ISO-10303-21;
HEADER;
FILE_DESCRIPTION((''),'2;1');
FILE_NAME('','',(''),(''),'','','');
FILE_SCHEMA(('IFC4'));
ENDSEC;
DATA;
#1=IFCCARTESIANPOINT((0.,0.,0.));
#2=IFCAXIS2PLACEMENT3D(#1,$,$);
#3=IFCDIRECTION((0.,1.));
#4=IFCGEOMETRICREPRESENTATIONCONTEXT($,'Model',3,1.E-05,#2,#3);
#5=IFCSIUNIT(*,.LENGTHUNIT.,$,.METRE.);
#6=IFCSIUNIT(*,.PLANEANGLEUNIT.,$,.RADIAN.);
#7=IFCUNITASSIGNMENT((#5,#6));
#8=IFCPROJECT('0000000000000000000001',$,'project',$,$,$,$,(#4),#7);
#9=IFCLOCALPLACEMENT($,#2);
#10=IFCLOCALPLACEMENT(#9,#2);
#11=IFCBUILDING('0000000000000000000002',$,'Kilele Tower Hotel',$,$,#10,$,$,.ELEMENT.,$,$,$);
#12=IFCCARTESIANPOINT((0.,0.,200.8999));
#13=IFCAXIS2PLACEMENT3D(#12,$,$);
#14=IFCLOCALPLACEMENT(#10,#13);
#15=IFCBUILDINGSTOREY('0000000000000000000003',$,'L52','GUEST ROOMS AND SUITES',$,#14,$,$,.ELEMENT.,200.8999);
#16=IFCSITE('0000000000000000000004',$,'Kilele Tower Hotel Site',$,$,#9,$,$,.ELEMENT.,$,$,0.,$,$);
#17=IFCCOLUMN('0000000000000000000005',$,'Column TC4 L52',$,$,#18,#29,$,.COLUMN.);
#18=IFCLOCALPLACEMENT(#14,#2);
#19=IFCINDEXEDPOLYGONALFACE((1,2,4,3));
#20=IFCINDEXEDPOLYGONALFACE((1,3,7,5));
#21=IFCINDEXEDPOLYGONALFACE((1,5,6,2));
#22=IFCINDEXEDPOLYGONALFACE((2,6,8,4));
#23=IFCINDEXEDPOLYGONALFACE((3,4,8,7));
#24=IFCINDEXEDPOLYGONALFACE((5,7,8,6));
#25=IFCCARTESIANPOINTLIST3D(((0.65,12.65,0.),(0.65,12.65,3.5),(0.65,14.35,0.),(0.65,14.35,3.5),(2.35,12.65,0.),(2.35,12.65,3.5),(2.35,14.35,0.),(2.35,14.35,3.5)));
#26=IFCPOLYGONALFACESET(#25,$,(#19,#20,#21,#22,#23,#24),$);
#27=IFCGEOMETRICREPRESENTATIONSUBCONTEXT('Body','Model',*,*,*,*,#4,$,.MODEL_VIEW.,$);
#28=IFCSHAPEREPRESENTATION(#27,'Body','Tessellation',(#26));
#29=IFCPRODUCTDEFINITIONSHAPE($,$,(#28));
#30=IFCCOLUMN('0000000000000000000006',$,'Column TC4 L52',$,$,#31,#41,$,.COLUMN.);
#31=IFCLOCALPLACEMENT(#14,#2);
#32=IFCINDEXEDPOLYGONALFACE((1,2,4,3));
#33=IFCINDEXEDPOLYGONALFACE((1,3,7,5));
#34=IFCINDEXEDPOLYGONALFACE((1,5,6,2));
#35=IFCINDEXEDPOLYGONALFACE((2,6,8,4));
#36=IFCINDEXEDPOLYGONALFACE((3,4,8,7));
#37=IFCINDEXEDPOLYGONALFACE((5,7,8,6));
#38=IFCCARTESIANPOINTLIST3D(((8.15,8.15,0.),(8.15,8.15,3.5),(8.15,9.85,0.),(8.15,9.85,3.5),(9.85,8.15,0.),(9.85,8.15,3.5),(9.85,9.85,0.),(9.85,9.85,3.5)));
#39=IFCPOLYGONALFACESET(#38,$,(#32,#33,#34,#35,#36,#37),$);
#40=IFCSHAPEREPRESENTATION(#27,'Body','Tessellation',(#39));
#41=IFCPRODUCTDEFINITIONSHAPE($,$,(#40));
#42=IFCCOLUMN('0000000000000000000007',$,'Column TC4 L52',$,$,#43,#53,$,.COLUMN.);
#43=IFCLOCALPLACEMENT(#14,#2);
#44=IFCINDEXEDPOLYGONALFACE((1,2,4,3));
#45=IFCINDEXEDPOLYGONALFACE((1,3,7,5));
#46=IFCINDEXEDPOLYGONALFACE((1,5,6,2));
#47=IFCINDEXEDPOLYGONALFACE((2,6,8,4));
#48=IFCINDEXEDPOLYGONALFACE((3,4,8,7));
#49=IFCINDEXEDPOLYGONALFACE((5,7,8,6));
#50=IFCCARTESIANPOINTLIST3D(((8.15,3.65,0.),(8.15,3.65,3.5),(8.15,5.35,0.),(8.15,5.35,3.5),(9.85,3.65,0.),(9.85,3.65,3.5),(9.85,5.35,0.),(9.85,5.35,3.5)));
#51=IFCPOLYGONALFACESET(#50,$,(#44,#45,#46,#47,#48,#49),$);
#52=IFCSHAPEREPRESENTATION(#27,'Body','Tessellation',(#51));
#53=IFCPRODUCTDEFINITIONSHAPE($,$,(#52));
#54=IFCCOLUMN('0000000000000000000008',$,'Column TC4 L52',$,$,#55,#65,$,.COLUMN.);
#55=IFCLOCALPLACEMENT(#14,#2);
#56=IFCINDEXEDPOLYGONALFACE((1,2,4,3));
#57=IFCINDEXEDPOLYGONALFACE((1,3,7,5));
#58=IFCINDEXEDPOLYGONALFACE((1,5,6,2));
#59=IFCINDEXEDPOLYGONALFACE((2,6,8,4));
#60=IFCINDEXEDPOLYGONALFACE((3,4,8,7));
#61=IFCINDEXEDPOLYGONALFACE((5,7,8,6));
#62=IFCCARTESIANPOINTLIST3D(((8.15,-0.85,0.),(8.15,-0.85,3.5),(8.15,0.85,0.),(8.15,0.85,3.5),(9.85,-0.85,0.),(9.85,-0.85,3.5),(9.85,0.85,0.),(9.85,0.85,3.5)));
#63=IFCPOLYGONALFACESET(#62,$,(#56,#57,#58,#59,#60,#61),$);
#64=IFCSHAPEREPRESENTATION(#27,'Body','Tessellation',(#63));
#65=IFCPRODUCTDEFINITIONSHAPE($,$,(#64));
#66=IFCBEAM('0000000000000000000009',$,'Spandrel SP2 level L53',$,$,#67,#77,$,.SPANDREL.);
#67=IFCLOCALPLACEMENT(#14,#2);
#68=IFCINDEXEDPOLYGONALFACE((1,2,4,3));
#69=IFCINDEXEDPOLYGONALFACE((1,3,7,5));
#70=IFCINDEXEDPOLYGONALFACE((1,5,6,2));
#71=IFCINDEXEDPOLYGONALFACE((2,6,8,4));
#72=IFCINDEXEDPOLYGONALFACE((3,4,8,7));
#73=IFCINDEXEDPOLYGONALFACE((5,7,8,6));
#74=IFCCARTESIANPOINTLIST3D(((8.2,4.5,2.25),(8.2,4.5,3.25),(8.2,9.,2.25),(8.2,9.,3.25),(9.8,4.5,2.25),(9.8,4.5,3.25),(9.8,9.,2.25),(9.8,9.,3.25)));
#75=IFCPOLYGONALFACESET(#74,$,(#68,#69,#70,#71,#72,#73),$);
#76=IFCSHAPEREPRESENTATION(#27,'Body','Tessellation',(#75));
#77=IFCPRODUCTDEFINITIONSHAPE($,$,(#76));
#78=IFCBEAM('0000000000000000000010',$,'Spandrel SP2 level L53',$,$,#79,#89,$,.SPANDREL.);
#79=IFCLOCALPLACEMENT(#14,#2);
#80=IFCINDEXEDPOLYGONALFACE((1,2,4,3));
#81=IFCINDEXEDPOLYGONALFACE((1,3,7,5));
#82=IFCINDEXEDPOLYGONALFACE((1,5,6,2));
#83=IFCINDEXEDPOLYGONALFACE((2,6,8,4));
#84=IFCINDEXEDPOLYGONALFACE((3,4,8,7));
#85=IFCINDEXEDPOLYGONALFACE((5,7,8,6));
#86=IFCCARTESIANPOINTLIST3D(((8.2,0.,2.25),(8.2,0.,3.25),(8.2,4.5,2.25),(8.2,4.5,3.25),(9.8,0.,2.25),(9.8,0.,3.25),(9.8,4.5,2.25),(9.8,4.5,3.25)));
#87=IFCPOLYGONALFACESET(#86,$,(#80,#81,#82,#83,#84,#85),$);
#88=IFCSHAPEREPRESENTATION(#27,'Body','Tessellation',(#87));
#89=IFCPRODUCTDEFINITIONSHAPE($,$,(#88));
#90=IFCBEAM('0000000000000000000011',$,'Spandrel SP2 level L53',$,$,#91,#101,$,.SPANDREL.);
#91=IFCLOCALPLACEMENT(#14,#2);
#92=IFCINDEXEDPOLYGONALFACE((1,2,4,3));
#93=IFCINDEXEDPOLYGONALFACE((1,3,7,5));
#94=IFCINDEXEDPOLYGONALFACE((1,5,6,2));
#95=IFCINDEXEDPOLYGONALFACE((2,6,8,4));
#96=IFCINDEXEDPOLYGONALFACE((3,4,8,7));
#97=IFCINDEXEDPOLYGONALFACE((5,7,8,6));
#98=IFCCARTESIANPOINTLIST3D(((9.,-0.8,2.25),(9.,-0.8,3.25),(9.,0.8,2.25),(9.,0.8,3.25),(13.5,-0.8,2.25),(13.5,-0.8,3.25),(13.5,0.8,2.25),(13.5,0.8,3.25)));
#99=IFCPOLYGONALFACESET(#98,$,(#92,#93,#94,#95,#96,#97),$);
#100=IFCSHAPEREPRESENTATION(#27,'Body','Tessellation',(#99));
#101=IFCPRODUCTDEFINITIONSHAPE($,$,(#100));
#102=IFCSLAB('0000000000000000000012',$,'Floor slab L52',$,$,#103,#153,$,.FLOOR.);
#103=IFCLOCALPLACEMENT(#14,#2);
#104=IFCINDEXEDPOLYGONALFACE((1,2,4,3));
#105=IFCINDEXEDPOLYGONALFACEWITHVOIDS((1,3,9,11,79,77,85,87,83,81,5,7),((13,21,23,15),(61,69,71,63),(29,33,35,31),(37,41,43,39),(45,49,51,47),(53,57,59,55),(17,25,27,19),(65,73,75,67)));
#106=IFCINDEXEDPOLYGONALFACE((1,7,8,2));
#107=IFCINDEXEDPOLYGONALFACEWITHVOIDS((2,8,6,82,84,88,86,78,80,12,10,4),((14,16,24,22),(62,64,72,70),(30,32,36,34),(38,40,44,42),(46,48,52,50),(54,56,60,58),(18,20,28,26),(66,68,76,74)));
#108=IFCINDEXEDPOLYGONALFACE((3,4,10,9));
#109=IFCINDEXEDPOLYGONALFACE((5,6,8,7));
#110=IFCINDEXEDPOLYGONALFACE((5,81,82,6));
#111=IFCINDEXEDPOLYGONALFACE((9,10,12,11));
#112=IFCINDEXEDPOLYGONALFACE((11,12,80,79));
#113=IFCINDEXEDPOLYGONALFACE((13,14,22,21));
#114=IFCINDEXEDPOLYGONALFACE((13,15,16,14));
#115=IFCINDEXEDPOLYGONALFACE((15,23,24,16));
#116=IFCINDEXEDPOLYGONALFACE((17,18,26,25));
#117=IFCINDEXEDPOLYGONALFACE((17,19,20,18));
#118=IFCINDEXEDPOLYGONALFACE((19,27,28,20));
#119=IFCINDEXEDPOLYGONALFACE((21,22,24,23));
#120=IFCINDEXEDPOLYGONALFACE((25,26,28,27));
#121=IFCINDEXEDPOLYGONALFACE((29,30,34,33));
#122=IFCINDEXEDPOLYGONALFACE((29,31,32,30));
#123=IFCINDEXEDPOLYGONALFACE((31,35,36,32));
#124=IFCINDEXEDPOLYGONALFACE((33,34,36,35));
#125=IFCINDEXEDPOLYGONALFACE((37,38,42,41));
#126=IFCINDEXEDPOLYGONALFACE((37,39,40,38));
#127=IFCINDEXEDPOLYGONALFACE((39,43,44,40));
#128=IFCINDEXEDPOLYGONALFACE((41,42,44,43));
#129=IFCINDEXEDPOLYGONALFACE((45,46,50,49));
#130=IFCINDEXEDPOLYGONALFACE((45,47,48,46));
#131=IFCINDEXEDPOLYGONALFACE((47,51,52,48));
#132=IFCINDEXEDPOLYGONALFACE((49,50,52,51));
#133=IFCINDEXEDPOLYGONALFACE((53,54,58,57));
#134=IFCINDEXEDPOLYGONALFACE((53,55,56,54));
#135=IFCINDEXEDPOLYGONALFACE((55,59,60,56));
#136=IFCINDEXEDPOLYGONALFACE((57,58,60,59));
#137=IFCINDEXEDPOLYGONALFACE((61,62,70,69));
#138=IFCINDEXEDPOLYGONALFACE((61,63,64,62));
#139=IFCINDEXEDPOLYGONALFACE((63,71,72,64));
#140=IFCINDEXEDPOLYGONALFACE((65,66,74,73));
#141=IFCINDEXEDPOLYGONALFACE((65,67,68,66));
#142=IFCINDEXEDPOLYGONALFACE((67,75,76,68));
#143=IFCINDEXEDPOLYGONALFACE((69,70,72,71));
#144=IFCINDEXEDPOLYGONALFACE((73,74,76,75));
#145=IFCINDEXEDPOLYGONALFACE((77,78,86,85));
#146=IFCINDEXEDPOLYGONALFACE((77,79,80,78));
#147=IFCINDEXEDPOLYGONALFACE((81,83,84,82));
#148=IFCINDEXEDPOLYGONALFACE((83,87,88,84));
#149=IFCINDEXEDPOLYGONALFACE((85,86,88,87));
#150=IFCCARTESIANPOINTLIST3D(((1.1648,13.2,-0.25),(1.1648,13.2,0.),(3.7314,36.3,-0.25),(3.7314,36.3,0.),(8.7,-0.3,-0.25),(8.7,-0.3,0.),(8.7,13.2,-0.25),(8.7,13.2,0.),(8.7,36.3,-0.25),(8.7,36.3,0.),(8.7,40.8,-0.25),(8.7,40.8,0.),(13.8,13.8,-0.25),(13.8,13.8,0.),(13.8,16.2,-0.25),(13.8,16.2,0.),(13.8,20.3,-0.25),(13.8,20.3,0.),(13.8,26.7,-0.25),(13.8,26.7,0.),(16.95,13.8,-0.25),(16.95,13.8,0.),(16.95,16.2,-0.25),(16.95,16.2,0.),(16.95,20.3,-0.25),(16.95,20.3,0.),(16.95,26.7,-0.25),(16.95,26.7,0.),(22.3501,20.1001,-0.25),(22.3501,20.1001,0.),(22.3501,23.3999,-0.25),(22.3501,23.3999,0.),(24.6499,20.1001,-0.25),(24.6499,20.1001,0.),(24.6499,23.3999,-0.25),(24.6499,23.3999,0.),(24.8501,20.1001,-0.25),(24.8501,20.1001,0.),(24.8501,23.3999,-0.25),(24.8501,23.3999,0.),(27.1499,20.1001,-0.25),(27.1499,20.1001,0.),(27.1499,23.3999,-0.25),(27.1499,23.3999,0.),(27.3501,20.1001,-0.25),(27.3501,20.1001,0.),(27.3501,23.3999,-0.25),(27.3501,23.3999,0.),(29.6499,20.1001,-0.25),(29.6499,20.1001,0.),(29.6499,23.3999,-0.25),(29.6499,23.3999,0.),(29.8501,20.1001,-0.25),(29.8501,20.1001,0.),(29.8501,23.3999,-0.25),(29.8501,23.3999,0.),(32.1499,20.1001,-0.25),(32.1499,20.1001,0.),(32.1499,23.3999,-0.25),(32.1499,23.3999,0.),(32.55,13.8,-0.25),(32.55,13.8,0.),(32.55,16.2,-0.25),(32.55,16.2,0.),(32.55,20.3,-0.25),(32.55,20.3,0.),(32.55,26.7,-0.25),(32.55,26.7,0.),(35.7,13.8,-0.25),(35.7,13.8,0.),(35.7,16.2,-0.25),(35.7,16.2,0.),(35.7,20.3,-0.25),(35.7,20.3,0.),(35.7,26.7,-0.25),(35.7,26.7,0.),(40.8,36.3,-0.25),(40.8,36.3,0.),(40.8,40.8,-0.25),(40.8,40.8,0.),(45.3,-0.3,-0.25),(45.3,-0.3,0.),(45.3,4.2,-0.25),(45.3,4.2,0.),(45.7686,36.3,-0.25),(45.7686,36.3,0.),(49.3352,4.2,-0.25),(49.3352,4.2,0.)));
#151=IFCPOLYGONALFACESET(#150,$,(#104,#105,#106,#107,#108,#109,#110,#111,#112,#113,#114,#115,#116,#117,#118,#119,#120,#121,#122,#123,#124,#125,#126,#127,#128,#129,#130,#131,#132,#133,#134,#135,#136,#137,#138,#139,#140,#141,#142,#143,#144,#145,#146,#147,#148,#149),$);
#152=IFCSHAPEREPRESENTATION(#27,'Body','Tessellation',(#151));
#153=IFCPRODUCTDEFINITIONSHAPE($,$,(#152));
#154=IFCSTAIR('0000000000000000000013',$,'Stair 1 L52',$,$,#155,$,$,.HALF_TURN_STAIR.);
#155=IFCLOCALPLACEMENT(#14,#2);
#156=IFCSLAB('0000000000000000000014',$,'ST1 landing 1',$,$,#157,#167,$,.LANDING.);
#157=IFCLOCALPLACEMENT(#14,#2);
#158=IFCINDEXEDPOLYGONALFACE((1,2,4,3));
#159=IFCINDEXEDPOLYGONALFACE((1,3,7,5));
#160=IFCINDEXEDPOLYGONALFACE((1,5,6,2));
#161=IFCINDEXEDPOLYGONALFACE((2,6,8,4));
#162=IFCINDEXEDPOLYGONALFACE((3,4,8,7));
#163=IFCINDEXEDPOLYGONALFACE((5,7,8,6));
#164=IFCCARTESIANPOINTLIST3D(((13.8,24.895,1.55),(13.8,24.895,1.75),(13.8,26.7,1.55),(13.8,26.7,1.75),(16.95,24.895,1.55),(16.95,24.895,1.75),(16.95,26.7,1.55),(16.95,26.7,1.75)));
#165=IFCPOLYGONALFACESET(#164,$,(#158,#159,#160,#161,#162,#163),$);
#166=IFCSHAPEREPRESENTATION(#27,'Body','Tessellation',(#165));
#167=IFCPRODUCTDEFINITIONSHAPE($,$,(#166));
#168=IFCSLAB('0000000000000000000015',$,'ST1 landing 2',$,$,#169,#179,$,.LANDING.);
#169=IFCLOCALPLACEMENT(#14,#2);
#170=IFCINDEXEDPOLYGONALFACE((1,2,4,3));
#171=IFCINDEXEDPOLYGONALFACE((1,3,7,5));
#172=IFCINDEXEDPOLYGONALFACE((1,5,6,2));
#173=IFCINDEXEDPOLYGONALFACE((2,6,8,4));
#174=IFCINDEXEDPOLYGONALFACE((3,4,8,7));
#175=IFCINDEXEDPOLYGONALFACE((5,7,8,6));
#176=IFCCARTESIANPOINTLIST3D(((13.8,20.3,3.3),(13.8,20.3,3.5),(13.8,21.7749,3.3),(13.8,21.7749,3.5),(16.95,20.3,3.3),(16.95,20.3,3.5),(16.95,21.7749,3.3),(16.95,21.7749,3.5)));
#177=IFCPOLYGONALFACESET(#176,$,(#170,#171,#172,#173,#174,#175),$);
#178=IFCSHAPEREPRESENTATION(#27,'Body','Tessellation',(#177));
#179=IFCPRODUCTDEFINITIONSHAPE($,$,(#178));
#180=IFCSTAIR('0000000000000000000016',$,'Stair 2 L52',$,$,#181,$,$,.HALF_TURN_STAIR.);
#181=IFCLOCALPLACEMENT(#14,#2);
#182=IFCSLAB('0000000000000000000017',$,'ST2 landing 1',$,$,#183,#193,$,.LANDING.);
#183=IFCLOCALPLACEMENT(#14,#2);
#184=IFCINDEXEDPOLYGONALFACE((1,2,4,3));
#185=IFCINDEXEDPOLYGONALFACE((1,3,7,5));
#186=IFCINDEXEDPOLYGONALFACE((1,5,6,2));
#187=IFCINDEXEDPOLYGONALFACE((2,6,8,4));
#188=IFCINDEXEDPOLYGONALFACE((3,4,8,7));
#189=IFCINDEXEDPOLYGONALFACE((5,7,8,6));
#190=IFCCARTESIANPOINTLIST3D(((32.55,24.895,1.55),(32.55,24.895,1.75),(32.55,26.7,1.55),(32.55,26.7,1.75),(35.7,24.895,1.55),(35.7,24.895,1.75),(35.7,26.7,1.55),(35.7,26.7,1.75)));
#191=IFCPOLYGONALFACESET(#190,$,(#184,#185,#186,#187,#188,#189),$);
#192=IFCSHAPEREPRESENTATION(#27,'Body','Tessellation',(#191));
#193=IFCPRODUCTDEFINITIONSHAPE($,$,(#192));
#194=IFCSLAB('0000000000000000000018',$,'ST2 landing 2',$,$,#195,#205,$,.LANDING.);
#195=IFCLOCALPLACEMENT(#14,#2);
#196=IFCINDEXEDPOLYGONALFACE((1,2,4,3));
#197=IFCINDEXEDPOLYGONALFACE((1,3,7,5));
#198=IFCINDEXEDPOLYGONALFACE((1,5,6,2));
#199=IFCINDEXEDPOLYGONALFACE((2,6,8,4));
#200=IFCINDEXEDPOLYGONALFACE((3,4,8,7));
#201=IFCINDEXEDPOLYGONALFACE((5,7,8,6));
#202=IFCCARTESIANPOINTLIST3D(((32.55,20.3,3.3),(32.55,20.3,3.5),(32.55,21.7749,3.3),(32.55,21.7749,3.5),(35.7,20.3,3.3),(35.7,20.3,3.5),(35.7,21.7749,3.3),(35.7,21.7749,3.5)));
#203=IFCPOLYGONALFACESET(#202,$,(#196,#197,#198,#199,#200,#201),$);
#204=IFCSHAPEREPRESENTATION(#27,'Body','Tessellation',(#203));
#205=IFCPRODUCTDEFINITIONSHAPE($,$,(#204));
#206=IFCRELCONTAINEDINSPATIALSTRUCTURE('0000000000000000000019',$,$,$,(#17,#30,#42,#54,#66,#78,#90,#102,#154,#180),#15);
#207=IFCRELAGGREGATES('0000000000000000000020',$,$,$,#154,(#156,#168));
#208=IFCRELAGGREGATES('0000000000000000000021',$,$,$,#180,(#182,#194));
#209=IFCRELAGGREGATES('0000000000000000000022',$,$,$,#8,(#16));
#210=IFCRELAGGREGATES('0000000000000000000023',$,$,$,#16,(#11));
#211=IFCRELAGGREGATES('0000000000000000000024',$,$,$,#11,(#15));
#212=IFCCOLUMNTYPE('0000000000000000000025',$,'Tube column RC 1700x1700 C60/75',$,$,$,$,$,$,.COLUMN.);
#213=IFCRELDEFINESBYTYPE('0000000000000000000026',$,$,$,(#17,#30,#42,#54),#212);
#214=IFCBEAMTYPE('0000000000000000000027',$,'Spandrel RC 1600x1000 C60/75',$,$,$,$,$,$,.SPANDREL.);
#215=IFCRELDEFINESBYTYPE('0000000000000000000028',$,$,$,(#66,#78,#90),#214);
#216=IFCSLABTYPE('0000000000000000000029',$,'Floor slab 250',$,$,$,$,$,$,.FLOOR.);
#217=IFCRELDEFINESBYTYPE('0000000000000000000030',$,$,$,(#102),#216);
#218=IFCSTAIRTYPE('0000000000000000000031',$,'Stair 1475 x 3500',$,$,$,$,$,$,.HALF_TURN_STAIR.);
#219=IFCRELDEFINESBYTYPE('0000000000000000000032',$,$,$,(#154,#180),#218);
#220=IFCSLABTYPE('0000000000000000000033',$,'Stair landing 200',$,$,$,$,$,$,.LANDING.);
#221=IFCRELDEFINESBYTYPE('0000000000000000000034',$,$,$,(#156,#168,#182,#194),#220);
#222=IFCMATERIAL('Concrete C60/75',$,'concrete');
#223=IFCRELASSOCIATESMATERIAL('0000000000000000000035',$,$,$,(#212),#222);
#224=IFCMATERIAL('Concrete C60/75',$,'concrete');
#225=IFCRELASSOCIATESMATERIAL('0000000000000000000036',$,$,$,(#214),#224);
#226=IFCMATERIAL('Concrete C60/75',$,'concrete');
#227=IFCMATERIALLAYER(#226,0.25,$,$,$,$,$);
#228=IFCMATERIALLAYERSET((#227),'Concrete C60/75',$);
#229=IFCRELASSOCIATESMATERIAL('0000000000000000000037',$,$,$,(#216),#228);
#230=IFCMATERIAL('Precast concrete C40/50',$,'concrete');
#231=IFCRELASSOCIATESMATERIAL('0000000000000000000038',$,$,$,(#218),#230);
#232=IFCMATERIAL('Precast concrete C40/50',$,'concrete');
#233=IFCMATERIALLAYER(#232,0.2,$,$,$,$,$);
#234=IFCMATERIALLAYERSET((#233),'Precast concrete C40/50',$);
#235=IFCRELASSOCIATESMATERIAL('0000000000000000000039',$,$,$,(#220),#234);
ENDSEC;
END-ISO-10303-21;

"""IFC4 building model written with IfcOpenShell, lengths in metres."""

from ifc_helpers import new_model, si_unit, direction, frame, origin, origin_2d, place, context, subcontext, project, spatial, polyline, rectangle, outline, extrude, material, layer, layer_set, material_profile, profile_set, type_object, element, aggregate, save


model = new_model("IFC4")

# Units and contexts
model_context = context("Model", 3, precision=1e-05, world=origin(), true_north=direction((0.0, 1.0)))
body_context = subcontext(model_context, "Body", "Model", "MODEL_VIEW")
ifc_project = project(units=[si_unit("LENGTHUNIT", "METRE"), si_unit("PLANEANGLEUNIT", "RADIAN")], contexts=[model_context])

# Site, building, storey
site_placement = place(None, origin())
site = spatial("IfcSite", under=ifc_project, at=site_placement, Name="Kilele Tower Hotel Site", CompositionType="ELEMENT", RefElevation=0.0)
building_placement = place(site_placement, origin())
building = spatial("IfcBuilding", under=site, at=building_placement, Name="Kilele Tower Hotel", CompositionType="ELEMENT")
storey_placement = place(building_placement, frame((0.0, 0.0, 200.8999)))
storey = spatial("IfcBuildingStorey", under=building, at=storey_placement, Name="L52", Description="GUEST ROOMS AND SUITES", CompositionType="ELEMENT", Elevation=200.8999)

# Columns
ifc_material_1 = material(Name="Concrete C60/75", Category="concrete")
ifc_material_profile_1 = material_profile(ifc_material_1, rectangle(XDim=1.7, YDim=1.7, at=origin_2d()))
ifc_profile_set_1 = profile_set([ifc_material_profile_1], Name="Concrete C60/75")
column_type = type_object("IfcColumnType", Name="Tube column RC 1700x1700 C60/75", PredefinedType="COLUMN", material=ifc_profile_set_1)
for number, where, z_axis, x_axis, name in (
    (1, (1.5, 13.5, 0.0), (0.0, 0.0, 1.0), (1.0, 0.0, 0.0), "Column TC4 L52"),
    (2, (9.0, 9.0, 0.0), (0.0, 0.0, 1.0), (1.0, 0.0, 0.0), "Column TC4 L52"),
    (3, (9.0, 4.5, 0.0), (0.0, 0.0, 1.0), (1.0, 0.0, 0.0), "Column TC4 L52"),
    (4, (9.0, 0.0, 0.0), (0.0, 0.0, 1.0), (1.0, 0.0, 0.0), "Column TC4 L52"),
):
    element("IfcColumn", number, at=place(storey_placement, frame(where, z_axis=z_axis, x_axis=x_axis)), inside=storey, type_object=column_type, Name=name, PredefinedType="COLUMN", context=body_context, shape_type="SweptSolid", body=[
        extrude(rectangle(XDim=1.7, YDim=1.7, at=origin_2d()), origin(), (0.0, 0.0, 1.0), 3.5),
    ])

# Beams
ifc_material_2 = material(Name="Concrete C60/75", Category="concrete")
ifc_material_profile_2 = material_profile(ifc_material_2, rectangle(XDim=1.6001, YDim=1.0, at=origin_2d()))
ifc_profile_set_2 = profile_set([ifc_material_profile_2], Name="Concrete C60/75")
beam_type = type_object("IfcBeamType", Name="Spandrel RC 1600x1000 C60/75", PredefinedType="SPANDREL", material=ifc_profile_set_2)
for number, where, z_axis, x_axis, name in (
    (5, (9.0, 9.0, 2.75), (0.0, -1.0, 0.0), (1.0, 0.0, 0.0), "Spandrel SP2 level L53"),
    (6, (9.0, 4.5, 2.75), (0.0, -1.0, 0.0), (1.0, 0.0, 0.0), "Spandrel SP2 level L53"),
    (7, (9.0, 0.0, 2.75), (1.0, 0.0, 0.0), (0.0, 1.0, 0.0), "Spandrel SP2 level L53"),
):
    element("IfcBeam", number, at=place(storey_placement, frame(where, z_axis=z_axis, x_axis=x_axis)), inside=storey, type_object=beam_type, Name=name, PredefinedType="SPANDREL", context=body_context, shape_type="SweptSolid", body=[
        extrude(rectangle(XDim=1.6001, YDim=1.0, at=origin_2d()), origin(), (0.0, 0.0, 1.0), 4.5),
    ])

# Slab
ifc_material_3 = material(Name="Concrete C60/75", Category="concrete")
ifc_layer_1 = layer(ifc_material_3, 0.25)
ifc_layer_set_1 = layer_set([ifc_layer_1], Name="Concrete C60/75")
slab_type_1 = type_object("IfcSlabType", Name="Floor slab 250", PredefinedType="FLOOR", material=ifc_layer_set_1)
slab_1_placement = place(storey_placement, frame((0.0, 0.0, -0.25)))
element("IfcSlab", 8, at=slab_1_placement, inside=storey, type_object=slab_type_1, Name="Floor slab L52", PredefinedType="FLOOR", context=body_context, shape_type="SweptSolid", body=[
    extrude(outline(polyline([(8.7, 36.3), (8.7, 40.8), (40.8, 40.8), (40.8, 36.3), (45.7686, 36.3), (49.3352, 4.2), (45.3, 4.2), (45.3, -0.3), (8.7, -0.3), (8.7, 13.2), (1.1648, 13.2), (3.7314, 36.3), (8.7, 36.3)]), holes=[polyline([(16.95, 16.2), (13.8, 16.2), (13.8, 13.8), (16.95, 13.8), (16.95, 16.2)]), polyline([(35.7, 16.2), (32.55, 16.2), (32.55, 13.8), (35.7, 13.8), (35.7, 16.2)]), polyline([(24.6499, 23.3999), (22.3501, 23.3999), (22.3501, 20.1001), (24.6499, 20.1001), (24.6499, 23.3999)]), polyline([(27.1499, 23.3999), (24.8501, 23.3999), (24.8501, 20.1001), (27.1499, 20.1001), (27.1499, 23.3999)]), polyline([(29.6499, 23.3999), (27.3501, 23.3999), (27.3501, 20.1001), (29.6499, 20.1001), (29.6499, 23.3999)]), polyline([(32.1499, 23.3999), (29.8501, 23.3999), (29.8501, 20.1001), (32.1499, 20.1001), (32.1499, 23.3999)]), polyline([(16.95, 26.7), (13.8, 26.7), (13.8, 20.3), (16.95, 20.3), (16.95, 26.7)]), polyline([(35.7, 26.7), (32.55, 26.7), (32.55, 20.3), (35.7, 20.3), (35.7, 26.7)])]), origin(), (0.0, 0.0, 1.0), 0.25),
])

# Stairs, slabs
ifc_material_4 = material(Name="Precast concrete C40/50", Category="concrete")
stair_type = type_object("IfcStairType", Name="Stair 1475 x 3500", PredefinedType="HALF_TURN_STAIR", material=ifc_material_4)
stair_1_placement = place(storey_placement, origin())
stair_1 = element("IfcStair", 9, at=stair_1_placement, inside=storey, type_object=stair_type, Name="Stair 1 L52", PredefinedType="HALF_TURN_STAIR")
ifc_material_5 = material(Name="Precast concrete C40/50", Category="concrete")
ifc_layer_2 = layer(ifc_material_5, 0.2)
ifc_layer_set_2 = layer_set([ifc_layer_2], Name="Precast concrete C40/50")
slab_type_2 = type_object("IfcSlabType", Name="Stair landing 200", PredefinedType="LANDING", material=ifc_layer_set_2)
slab_2_placement = place(storey_placement, frame((0.0, 0.0, 1.55)))
slab_2 = element("IfcSlab", 10, at=slab_2_placement, type_object=slab_type_2, Name="ST1 landing 1", PredefinedType="LANDING", context=body_context, shape_type="SweptSolid", body=[
    extrude(outline(polyline([(13.8, 24.895), (16.95, 24.895), (16.95, 26.7), (13.8, 26.7), (13.8, 24.895)])), origin(), (0.0, 0.0, 1.0), 0.2),
])
slab_3_placement = place(storey_placement, frame((0.0, 0.0, 3.3)))
slab_3 = element("IfcSlab", 11, at=slab_3_placement, type_object=slab_type_2, Name="ST1 landing 2", PredefinedType="LANDING", context=body_context, shape_type="SweptSolid", body=[
    extrude(outline(polyline([(13.8, 20.3), (16.95, 20.3), (16.95, 21.7749), (13.8, 21.7749), (13.8, 20.3)])), origin(), (0.0, 0.0, 1.0), 0.2),
])
aggregate(stair_1, [slab_2, slab_3])
stair_2_placement = place(storey_placement, origin())
stair_2 = element("IfcStair", 12, at=stair_2_placement, inside=storey, type_object=stair_type, Name="Stair 2 L52", PredefinedType="HALF_TURN_STAIR")
slab_4_placement = place(storey_placement, frame((0.0, 0.0, 1.55)))
slab_4 = element("IfcSlab", 13, at=slab_4_placement, type_object=slab_type_2, Name="ST2 landing 1", PredefinedType="LANDING", context=body_context, shape_type="SweptSolid", body=[
    extrude(outline(polyline([(32.55, 24.895), (35.7, 24.895), (35.7, 26.7), (32.55, 26.7), (32.55, 24.895)])), origin(), (0.0, 0.0, 1.0), 0.2),
])
slab_5_placement = place(storey_placement, frame((0.0, 0.0, 3.3)))
slab_5 = element("IfcSlab", 14, at=slab_5_placement, type_object=slab_type_2, Name="ST2 landing 2", PredefinedType="LANDING", context=body_context, shape_type="SweptSolid", body=[
    extrude(outline(polyline([(32.55, 20.3), (35.7, 20.3), (35.7, 21.7749), (32.55, 21.7749), (32.55, 20.3)])), origin(), (0.0, 0.0, 1.0), 0.2),
])
aggregate(stair_2, [slab_4, slab_5])

save(model, "model.ifc")
